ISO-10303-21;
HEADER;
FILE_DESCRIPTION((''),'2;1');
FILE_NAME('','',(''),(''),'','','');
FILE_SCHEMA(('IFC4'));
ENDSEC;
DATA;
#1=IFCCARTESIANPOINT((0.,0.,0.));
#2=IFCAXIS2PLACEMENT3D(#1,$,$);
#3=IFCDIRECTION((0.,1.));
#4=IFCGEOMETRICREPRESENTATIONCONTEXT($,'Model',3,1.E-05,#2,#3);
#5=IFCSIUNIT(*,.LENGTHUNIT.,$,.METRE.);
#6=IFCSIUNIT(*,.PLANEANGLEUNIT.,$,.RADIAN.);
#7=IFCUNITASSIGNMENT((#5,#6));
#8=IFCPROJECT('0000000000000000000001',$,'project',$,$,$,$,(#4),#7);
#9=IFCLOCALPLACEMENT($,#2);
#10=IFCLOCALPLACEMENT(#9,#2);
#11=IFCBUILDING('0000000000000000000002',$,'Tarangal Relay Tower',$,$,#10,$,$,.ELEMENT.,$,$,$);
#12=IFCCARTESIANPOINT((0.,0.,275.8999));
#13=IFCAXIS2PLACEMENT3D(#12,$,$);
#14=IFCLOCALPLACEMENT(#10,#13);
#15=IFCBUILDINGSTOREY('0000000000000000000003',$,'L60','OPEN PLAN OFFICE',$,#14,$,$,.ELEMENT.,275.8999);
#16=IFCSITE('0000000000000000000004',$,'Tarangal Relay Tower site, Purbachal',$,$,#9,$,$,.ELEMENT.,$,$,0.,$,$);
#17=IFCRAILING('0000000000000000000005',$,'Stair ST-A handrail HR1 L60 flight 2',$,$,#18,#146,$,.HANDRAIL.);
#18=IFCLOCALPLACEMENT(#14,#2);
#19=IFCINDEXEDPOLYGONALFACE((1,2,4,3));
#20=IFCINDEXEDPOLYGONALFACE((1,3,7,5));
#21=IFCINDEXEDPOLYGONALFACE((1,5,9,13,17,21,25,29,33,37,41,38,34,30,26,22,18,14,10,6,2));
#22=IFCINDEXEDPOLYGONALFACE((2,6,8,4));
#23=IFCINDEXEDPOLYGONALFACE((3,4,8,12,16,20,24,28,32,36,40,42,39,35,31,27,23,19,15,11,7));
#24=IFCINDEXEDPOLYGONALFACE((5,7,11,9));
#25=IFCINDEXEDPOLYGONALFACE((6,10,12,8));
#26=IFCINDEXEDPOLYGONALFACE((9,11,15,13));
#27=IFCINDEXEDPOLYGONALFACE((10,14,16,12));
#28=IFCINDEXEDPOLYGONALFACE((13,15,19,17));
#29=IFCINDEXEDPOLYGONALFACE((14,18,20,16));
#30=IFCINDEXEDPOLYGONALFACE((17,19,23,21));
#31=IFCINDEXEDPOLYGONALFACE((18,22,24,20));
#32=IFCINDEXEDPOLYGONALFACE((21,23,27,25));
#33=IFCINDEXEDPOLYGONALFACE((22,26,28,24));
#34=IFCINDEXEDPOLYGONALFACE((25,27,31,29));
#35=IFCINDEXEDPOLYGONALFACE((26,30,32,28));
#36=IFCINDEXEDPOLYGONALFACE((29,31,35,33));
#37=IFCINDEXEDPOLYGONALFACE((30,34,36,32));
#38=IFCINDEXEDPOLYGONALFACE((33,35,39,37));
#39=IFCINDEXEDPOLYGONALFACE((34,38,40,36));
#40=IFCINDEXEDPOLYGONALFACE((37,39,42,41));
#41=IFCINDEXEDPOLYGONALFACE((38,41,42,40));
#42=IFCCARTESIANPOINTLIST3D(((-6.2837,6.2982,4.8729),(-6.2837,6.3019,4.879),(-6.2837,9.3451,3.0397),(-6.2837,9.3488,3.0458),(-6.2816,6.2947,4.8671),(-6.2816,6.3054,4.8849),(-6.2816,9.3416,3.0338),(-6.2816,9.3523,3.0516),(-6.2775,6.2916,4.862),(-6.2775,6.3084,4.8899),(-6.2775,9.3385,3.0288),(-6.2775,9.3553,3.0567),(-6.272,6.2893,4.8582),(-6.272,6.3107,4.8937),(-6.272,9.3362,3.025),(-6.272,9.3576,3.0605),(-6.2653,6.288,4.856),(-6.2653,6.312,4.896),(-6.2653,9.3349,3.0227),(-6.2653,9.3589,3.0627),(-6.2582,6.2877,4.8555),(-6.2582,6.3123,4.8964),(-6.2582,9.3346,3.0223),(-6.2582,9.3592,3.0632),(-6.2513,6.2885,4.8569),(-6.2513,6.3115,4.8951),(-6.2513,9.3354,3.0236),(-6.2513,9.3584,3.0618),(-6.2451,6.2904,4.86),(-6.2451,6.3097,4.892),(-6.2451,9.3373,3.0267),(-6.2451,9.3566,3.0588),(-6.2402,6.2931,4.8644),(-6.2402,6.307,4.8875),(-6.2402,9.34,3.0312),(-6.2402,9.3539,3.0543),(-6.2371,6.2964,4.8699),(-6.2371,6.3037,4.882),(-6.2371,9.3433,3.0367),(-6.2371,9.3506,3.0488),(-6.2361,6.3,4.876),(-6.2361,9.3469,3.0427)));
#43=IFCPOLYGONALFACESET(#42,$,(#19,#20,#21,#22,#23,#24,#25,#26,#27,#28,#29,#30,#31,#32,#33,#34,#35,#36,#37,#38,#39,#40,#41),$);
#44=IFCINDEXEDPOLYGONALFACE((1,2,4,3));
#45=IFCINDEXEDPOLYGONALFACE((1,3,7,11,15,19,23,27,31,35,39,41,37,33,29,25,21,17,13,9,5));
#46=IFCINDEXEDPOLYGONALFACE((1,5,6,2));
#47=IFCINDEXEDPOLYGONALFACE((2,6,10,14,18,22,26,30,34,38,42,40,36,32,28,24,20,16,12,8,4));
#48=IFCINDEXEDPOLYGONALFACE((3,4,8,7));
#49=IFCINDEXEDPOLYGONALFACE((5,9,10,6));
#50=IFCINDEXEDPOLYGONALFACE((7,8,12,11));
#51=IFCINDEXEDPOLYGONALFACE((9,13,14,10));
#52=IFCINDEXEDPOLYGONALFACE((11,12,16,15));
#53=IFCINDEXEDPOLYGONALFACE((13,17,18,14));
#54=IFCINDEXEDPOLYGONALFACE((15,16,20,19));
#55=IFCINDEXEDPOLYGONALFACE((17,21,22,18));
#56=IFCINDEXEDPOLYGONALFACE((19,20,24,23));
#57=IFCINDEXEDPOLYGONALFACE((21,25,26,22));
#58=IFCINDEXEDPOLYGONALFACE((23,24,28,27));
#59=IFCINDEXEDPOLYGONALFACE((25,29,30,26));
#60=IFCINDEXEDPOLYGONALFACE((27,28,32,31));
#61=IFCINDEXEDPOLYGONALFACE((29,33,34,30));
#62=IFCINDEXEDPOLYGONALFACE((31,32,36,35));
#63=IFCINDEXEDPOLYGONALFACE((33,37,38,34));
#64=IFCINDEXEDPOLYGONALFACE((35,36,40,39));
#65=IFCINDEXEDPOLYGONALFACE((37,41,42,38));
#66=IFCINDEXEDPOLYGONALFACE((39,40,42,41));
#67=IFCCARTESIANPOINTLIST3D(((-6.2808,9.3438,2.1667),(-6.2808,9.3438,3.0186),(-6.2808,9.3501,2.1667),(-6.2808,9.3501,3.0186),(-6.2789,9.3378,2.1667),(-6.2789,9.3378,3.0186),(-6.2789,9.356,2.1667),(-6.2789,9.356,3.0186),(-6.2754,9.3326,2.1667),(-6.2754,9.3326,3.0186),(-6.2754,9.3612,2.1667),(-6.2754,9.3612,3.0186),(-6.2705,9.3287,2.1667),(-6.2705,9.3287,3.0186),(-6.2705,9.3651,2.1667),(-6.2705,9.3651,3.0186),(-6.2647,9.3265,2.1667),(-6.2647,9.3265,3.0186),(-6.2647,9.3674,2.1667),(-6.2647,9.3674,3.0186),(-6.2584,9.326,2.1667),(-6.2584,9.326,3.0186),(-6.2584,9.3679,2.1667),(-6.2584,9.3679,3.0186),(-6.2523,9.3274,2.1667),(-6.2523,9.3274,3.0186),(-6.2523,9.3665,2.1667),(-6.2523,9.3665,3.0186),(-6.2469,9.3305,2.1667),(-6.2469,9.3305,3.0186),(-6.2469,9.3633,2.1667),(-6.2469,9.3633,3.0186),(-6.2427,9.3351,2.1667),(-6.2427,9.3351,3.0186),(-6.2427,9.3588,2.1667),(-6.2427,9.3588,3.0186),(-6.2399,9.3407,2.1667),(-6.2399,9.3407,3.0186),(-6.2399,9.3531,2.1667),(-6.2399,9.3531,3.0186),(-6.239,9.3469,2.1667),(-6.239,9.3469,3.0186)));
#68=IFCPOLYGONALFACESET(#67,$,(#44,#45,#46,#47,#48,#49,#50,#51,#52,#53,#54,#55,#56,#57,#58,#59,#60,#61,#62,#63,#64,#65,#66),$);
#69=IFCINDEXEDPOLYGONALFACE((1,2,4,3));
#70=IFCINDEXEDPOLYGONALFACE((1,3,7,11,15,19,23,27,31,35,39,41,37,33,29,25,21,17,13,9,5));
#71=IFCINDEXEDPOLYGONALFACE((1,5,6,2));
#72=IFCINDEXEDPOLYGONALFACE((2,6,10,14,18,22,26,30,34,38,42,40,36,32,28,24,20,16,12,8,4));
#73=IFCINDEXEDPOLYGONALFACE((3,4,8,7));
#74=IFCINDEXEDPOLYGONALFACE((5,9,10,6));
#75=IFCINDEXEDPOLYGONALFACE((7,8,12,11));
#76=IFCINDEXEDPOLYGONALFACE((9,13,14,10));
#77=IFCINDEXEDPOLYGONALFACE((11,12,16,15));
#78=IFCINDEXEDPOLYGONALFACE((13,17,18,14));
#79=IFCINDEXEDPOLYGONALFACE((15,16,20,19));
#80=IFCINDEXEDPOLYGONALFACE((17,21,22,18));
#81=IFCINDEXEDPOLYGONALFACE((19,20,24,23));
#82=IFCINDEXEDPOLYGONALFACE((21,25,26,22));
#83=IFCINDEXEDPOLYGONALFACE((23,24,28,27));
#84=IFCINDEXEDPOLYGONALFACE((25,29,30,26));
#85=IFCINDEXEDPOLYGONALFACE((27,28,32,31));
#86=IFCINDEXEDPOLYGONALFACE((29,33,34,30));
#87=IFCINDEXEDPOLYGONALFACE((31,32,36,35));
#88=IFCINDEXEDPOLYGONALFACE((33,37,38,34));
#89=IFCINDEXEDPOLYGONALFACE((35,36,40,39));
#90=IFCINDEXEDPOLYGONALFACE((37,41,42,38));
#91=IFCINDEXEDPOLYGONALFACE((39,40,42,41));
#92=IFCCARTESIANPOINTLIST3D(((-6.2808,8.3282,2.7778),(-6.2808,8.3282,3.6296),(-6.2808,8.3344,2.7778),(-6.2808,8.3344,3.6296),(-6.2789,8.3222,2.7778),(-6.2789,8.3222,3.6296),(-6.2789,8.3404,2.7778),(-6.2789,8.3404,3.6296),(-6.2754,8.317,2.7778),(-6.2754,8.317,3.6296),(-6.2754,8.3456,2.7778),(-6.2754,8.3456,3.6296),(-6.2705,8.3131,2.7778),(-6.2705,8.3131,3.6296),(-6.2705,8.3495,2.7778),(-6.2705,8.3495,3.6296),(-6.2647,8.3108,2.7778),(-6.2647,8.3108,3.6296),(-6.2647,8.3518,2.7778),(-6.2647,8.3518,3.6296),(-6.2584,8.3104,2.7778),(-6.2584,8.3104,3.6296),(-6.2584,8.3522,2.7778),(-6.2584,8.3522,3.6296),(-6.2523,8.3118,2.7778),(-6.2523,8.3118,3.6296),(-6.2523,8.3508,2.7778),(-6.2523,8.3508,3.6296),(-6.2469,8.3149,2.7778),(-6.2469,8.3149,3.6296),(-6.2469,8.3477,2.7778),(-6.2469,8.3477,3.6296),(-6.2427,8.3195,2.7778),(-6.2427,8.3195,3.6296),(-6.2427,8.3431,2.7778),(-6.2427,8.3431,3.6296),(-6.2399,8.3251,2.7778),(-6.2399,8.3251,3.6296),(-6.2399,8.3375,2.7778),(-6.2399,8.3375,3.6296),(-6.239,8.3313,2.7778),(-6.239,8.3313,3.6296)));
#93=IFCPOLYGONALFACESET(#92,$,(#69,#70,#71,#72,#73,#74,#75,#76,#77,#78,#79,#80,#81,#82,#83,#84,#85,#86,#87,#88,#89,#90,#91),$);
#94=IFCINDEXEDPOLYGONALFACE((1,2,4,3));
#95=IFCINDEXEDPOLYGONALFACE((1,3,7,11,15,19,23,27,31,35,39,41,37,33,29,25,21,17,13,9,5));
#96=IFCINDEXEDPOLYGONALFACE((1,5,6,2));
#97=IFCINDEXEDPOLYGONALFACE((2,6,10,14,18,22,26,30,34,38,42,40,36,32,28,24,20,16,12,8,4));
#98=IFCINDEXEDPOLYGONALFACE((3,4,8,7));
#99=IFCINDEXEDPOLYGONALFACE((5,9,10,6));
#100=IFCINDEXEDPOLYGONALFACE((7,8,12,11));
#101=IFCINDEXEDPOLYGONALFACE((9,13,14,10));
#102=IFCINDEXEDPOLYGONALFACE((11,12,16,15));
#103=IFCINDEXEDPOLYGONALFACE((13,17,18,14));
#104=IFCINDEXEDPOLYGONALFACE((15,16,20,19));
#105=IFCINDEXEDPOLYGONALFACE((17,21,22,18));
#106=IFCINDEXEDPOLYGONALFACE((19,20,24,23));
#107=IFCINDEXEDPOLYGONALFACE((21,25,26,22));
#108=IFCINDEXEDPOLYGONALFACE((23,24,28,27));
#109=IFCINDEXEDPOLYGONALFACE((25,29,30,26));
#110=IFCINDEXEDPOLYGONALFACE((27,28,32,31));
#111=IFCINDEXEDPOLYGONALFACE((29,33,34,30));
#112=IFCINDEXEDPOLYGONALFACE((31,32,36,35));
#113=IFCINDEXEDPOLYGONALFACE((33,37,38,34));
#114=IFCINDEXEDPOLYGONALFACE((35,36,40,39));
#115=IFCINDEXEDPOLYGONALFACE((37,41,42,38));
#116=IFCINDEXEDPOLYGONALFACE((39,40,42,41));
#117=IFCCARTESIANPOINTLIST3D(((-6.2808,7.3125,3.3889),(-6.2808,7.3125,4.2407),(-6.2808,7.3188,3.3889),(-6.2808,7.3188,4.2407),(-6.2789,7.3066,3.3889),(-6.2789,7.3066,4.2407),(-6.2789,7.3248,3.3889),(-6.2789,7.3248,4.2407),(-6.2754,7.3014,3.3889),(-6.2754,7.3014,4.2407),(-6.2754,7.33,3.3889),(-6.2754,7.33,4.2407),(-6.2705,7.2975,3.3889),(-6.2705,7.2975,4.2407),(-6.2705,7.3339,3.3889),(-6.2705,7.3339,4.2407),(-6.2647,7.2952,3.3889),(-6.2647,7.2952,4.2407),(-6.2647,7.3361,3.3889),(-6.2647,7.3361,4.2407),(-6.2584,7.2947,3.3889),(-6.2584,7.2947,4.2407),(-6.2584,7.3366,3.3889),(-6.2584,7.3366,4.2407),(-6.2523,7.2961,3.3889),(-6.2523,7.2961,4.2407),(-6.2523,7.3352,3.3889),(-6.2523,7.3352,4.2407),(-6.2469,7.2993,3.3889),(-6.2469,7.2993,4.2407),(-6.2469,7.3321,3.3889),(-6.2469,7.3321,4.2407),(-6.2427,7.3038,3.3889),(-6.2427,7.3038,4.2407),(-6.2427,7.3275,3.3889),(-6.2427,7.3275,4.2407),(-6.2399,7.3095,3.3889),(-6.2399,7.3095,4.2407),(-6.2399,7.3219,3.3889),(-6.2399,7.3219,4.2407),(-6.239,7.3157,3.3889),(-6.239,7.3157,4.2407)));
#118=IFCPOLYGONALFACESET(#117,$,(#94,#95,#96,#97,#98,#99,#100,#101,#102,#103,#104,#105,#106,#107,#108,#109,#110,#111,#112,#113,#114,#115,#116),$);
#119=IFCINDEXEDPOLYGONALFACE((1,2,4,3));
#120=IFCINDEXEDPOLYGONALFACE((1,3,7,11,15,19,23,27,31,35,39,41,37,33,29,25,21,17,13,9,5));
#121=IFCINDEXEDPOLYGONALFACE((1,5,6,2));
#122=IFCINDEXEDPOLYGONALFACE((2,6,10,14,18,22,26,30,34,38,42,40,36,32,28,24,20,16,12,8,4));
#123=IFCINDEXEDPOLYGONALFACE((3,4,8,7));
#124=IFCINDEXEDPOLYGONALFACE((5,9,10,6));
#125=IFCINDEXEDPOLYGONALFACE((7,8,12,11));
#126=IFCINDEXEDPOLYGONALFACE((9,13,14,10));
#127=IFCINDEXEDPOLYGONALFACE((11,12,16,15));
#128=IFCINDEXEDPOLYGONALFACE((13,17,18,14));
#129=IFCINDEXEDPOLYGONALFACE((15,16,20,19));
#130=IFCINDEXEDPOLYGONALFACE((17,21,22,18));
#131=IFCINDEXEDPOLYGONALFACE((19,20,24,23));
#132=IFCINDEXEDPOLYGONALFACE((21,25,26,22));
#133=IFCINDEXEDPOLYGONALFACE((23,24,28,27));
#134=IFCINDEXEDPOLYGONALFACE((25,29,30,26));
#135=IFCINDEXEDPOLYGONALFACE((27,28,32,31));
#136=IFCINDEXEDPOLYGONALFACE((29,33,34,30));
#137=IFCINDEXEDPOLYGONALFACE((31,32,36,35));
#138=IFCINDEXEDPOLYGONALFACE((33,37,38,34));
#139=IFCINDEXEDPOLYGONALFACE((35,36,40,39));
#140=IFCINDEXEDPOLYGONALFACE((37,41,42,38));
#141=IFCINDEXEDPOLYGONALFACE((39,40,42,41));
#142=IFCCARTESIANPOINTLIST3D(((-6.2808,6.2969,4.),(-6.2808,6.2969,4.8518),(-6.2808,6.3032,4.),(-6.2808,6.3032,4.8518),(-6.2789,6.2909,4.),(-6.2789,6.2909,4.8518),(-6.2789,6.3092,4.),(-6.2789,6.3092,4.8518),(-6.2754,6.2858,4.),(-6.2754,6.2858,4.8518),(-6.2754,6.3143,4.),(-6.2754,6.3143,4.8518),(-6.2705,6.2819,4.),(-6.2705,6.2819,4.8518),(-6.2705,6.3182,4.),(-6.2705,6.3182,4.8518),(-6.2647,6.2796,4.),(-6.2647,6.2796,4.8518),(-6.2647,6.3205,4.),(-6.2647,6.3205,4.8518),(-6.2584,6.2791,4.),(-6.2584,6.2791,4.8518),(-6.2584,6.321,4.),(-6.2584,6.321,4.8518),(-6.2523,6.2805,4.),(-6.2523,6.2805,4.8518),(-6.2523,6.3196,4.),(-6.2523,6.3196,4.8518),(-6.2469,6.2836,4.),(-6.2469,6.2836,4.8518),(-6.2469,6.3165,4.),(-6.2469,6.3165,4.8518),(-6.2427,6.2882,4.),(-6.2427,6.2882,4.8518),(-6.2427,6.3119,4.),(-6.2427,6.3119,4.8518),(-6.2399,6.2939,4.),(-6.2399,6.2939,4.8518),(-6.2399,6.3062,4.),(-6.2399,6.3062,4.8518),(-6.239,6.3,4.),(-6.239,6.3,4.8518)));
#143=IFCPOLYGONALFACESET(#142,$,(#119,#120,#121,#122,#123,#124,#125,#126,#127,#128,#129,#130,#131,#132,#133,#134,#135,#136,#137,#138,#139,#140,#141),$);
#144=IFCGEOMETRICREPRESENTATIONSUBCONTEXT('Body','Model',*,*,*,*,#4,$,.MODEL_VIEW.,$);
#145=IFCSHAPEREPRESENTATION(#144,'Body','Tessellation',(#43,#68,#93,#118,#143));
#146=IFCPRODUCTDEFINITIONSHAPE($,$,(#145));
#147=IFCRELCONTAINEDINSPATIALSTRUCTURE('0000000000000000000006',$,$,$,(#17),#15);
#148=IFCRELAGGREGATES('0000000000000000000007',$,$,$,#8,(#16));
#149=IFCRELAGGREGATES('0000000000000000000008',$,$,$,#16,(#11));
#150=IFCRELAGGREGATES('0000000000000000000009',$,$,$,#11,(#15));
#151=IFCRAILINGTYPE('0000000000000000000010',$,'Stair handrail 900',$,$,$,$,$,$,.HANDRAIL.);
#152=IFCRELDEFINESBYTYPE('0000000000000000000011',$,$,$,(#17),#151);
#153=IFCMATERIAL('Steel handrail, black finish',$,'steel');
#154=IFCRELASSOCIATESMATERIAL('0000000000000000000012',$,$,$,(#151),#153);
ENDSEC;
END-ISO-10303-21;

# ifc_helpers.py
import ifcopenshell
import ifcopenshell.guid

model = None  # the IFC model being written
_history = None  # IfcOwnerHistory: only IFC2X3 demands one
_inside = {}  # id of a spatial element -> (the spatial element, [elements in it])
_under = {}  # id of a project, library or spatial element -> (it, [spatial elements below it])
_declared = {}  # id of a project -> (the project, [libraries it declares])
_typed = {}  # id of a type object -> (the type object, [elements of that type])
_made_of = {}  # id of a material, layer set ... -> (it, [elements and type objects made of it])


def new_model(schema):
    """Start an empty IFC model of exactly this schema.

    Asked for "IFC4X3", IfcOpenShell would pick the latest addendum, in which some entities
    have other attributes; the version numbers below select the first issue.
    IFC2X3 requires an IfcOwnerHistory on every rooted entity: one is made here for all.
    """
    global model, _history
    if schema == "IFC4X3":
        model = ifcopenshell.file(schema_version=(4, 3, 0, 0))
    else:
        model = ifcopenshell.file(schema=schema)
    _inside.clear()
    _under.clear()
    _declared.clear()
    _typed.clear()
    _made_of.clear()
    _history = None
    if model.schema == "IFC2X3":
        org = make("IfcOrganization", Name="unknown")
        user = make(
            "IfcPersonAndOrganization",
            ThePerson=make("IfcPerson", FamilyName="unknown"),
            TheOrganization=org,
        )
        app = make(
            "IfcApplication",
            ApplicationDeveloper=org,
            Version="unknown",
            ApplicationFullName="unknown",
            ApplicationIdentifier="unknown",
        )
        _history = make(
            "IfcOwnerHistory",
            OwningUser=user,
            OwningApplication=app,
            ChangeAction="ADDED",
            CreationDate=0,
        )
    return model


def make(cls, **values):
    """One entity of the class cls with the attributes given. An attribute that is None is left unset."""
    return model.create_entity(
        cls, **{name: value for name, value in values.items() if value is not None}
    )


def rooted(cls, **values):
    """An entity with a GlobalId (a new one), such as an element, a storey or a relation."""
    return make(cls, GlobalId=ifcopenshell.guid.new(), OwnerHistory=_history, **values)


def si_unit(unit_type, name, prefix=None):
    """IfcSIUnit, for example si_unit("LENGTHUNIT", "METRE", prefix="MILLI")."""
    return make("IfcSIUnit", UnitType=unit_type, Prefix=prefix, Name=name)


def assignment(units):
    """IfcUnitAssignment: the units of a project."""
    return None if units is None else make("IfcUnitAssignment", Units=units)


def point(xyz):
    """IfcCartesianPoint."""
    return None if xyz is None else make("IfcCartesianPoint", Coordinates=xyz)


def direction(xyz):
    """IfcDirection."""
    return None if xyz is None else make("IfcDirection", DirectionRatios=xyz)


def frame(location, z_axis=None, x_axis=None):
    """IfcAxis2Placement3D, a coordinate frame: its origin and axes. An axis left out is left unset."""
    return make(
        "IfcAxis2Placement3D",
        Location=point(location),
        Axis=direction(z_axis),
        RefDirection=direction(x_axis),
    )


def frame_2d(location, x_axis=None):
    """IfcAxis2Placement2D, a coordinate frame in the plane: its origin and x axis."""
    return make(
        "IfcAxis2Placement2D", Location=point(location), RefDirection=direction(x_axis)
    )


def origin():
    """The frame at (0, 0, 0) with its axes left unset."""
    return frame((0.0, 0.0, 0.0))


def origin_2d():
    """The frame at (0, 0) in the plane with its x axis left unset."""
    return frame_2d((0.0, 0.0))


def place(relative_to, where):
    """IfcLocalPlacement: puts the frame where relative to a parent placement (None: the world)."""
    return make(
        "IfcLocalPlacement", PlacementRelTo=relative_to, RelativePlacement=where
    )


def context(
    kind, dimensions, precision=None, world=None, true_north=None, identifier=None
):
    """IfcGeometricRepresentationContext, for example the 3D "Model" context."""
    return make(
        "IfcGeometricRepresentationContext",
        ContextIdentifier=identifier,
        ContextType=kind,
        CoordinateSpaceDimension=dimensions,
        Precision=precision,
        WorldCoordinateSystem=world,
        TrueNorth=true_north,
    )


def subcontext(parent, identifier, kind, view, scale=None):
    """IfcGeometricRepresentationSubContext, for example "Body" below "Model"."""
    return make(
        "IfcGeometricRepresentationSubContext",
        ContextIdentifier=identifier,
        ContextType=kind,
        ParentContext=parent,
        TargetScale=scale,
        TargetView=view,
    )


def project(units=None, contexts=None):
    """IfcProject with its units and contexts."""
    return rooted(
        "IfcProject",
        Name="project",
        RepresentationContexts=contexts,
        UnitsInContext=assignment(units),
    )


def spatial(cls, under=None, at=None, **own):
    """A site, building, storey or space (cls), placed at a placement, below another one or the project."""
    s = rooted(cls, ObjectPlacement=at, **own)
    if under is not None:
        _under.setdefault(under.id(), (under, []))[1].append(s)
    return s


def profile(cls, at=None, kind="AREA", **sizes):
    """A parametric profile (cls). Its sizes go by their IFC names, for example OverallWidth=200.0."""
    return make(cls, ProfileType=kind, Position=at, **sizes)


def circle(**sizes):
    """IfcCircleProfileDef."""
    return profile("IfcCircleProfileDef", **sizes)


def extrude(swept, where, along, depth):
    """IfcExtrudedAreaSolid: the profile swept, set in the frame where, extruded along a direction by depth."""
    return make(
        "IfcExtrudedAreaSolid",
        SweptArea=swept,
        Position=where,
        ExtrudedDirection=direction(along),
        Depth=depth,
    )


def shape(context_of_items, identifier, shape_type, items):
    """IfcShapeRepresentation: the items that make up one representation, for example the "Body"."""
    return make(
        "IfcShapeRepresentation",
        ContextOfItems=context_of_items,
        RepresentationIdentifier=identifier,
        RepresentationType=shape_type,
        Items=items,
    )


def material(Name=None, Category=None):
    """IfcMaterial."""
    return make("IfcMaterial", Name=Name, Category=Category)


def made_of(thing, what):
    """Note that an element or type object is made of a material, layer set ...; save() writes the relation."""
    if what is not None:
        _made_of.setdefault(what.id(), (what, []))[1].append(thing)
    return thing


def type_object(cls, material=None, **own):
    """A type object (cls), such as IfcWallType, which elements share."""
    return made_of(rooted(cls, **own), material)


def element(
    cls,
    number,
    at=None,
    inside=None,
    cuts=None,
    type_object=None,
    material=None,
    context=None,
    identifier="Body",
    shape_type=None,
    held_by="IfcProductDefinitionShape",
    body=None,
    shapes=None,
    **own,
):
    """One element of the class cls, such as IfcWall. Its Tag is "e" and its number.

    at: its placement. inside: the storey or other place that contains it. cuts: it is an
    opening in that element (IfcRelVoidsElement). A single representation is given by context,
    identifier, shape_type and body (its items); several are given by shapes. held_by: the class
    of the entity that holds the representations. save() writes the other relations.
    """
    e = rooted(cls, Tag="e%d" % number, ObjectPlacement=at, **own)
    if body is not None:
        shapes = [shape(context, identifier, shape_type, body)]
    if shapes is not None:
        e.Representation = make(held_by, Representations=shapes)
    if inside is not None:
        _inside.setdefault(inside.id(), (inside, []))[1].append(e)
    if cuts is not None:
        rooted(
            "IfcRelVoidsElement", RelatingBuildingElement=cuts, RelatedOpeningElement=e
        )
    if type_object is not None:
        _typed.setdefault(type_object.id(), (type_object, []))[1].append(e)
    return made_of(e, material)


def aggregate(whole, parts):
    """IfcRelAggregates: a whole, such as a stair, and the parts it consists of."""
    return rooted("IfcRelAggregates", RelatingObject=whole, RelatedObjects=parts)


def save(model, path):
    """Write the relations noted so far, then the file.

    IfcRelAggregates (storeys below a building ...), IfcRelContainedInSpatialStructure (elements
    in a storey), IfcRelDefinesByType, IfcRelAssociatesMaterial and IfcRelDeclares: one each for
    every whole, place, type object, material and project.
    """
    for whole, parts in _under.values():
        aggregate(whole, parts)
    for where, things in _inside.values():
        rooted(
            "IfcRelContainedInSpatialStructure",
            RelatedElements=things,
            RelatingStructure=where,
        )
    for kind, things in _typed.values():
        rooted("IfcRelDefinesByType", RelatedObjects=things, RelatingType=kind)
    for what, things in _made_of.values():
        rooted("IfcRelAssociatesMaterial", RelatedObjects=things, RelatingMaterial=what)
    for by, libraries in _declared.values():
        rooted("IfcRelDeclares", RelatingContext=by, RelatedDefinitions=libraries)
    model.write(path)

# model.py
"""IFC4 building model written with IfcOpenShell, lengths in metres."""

from ifc_helpers import new_model, si_unit, direction, frame, origin, origin_2d, place, context, subcontext, project, spatial, circle, extrude, material, type_object, element, save


model = new_model("IFC4")

# Units and contexts
model_context = context("Model", 3, precision=1e-05, world=origin(), true_north=direction((0.0, 1.0)))
body_context = subcontext(model_context, "Body", "Model", "MODEL_VIEW")
ifc_project = project(units=[si_unit("LENGTHUNIT", "METRE"), si_unit("PLANEANGLEUNIT", "RADIAN")], contexts=[model_context])

# Site, building, storey
site_placement = place(None, origin())
site = spatial("IfcSite", under=ifc_project, at=site_placement, Name="Tarangal Relay Tower site, Purbachal", CompositionType="ELEMENT", RefElevation=0.0)
building_placement = place(site_placement, origin())
building = spatial("IfcBuilding", under=site, at=building_placement, Name="Tarangal Relay Tower", CompositionType="ELEMENT")
storey_placement = place(building_placement, frame((0.0, 0.0, 275.8999)))
storey = spatial("IfcBuildingStorey", under=building, at=storey_placement, Name="L60", Description="OPEN PLAN OFFICE", CompositionType="ELEMENT", Elevation=275.8999)

# Railing
ifc_material_1 = material(Name="Steel handrail, black finish", Category="steel")
railing_type_1 = type_object("IfcRailingType", Name="Stair handrail 900", PredefinedType="HANDRAIL", material=ifc_material_1)
railing_1_placement = place(storey_placement, frame((-6.26, 9.3469, 2.1667)))
element("IfcRailing", 1, at=railing_1_placement, inside=storey, type_object=railing_type_1, Name="Stair ST-A handrail HR1 L60 flight 2", PredefinedType="HANDRAIL", context=body_context, shape_type="SweptSolid", body=[
    extrude(circle(Radius=0.0239, at=origin_2d()), frame((0.0, 0.0, 0.876), z_axis=(0.0, -0.856856, 0.515556), x_axis=(1.0, 0.0, 0.0)), (0.0, 0.0, 1.0), 3.5559),
    extrude(circle(Radius=0.021, at=origin_2d()), origin(), (0.0, 0.0, 1.0), 0.8518),
    extrude(circle(Radius=0.021, at=origin_2d()), frame((0.0, -1.0156, 0.6111)), (0.0, 0.0, 1.0), 0.8518),
    extrude(circle(Radius=0.021, at=origin_2d()), frame((0.0, -2.0312, 1.2222)), (0.0, 0.0, 1.0), 0.8518),
    extrude(circle(Radius=0.021, at=origin_2d()), frame((0.0, -3.0469, 1.8333)), (0.0, 0.0, 1.0), 0.8518),
])

save(model, "model.ifc")
